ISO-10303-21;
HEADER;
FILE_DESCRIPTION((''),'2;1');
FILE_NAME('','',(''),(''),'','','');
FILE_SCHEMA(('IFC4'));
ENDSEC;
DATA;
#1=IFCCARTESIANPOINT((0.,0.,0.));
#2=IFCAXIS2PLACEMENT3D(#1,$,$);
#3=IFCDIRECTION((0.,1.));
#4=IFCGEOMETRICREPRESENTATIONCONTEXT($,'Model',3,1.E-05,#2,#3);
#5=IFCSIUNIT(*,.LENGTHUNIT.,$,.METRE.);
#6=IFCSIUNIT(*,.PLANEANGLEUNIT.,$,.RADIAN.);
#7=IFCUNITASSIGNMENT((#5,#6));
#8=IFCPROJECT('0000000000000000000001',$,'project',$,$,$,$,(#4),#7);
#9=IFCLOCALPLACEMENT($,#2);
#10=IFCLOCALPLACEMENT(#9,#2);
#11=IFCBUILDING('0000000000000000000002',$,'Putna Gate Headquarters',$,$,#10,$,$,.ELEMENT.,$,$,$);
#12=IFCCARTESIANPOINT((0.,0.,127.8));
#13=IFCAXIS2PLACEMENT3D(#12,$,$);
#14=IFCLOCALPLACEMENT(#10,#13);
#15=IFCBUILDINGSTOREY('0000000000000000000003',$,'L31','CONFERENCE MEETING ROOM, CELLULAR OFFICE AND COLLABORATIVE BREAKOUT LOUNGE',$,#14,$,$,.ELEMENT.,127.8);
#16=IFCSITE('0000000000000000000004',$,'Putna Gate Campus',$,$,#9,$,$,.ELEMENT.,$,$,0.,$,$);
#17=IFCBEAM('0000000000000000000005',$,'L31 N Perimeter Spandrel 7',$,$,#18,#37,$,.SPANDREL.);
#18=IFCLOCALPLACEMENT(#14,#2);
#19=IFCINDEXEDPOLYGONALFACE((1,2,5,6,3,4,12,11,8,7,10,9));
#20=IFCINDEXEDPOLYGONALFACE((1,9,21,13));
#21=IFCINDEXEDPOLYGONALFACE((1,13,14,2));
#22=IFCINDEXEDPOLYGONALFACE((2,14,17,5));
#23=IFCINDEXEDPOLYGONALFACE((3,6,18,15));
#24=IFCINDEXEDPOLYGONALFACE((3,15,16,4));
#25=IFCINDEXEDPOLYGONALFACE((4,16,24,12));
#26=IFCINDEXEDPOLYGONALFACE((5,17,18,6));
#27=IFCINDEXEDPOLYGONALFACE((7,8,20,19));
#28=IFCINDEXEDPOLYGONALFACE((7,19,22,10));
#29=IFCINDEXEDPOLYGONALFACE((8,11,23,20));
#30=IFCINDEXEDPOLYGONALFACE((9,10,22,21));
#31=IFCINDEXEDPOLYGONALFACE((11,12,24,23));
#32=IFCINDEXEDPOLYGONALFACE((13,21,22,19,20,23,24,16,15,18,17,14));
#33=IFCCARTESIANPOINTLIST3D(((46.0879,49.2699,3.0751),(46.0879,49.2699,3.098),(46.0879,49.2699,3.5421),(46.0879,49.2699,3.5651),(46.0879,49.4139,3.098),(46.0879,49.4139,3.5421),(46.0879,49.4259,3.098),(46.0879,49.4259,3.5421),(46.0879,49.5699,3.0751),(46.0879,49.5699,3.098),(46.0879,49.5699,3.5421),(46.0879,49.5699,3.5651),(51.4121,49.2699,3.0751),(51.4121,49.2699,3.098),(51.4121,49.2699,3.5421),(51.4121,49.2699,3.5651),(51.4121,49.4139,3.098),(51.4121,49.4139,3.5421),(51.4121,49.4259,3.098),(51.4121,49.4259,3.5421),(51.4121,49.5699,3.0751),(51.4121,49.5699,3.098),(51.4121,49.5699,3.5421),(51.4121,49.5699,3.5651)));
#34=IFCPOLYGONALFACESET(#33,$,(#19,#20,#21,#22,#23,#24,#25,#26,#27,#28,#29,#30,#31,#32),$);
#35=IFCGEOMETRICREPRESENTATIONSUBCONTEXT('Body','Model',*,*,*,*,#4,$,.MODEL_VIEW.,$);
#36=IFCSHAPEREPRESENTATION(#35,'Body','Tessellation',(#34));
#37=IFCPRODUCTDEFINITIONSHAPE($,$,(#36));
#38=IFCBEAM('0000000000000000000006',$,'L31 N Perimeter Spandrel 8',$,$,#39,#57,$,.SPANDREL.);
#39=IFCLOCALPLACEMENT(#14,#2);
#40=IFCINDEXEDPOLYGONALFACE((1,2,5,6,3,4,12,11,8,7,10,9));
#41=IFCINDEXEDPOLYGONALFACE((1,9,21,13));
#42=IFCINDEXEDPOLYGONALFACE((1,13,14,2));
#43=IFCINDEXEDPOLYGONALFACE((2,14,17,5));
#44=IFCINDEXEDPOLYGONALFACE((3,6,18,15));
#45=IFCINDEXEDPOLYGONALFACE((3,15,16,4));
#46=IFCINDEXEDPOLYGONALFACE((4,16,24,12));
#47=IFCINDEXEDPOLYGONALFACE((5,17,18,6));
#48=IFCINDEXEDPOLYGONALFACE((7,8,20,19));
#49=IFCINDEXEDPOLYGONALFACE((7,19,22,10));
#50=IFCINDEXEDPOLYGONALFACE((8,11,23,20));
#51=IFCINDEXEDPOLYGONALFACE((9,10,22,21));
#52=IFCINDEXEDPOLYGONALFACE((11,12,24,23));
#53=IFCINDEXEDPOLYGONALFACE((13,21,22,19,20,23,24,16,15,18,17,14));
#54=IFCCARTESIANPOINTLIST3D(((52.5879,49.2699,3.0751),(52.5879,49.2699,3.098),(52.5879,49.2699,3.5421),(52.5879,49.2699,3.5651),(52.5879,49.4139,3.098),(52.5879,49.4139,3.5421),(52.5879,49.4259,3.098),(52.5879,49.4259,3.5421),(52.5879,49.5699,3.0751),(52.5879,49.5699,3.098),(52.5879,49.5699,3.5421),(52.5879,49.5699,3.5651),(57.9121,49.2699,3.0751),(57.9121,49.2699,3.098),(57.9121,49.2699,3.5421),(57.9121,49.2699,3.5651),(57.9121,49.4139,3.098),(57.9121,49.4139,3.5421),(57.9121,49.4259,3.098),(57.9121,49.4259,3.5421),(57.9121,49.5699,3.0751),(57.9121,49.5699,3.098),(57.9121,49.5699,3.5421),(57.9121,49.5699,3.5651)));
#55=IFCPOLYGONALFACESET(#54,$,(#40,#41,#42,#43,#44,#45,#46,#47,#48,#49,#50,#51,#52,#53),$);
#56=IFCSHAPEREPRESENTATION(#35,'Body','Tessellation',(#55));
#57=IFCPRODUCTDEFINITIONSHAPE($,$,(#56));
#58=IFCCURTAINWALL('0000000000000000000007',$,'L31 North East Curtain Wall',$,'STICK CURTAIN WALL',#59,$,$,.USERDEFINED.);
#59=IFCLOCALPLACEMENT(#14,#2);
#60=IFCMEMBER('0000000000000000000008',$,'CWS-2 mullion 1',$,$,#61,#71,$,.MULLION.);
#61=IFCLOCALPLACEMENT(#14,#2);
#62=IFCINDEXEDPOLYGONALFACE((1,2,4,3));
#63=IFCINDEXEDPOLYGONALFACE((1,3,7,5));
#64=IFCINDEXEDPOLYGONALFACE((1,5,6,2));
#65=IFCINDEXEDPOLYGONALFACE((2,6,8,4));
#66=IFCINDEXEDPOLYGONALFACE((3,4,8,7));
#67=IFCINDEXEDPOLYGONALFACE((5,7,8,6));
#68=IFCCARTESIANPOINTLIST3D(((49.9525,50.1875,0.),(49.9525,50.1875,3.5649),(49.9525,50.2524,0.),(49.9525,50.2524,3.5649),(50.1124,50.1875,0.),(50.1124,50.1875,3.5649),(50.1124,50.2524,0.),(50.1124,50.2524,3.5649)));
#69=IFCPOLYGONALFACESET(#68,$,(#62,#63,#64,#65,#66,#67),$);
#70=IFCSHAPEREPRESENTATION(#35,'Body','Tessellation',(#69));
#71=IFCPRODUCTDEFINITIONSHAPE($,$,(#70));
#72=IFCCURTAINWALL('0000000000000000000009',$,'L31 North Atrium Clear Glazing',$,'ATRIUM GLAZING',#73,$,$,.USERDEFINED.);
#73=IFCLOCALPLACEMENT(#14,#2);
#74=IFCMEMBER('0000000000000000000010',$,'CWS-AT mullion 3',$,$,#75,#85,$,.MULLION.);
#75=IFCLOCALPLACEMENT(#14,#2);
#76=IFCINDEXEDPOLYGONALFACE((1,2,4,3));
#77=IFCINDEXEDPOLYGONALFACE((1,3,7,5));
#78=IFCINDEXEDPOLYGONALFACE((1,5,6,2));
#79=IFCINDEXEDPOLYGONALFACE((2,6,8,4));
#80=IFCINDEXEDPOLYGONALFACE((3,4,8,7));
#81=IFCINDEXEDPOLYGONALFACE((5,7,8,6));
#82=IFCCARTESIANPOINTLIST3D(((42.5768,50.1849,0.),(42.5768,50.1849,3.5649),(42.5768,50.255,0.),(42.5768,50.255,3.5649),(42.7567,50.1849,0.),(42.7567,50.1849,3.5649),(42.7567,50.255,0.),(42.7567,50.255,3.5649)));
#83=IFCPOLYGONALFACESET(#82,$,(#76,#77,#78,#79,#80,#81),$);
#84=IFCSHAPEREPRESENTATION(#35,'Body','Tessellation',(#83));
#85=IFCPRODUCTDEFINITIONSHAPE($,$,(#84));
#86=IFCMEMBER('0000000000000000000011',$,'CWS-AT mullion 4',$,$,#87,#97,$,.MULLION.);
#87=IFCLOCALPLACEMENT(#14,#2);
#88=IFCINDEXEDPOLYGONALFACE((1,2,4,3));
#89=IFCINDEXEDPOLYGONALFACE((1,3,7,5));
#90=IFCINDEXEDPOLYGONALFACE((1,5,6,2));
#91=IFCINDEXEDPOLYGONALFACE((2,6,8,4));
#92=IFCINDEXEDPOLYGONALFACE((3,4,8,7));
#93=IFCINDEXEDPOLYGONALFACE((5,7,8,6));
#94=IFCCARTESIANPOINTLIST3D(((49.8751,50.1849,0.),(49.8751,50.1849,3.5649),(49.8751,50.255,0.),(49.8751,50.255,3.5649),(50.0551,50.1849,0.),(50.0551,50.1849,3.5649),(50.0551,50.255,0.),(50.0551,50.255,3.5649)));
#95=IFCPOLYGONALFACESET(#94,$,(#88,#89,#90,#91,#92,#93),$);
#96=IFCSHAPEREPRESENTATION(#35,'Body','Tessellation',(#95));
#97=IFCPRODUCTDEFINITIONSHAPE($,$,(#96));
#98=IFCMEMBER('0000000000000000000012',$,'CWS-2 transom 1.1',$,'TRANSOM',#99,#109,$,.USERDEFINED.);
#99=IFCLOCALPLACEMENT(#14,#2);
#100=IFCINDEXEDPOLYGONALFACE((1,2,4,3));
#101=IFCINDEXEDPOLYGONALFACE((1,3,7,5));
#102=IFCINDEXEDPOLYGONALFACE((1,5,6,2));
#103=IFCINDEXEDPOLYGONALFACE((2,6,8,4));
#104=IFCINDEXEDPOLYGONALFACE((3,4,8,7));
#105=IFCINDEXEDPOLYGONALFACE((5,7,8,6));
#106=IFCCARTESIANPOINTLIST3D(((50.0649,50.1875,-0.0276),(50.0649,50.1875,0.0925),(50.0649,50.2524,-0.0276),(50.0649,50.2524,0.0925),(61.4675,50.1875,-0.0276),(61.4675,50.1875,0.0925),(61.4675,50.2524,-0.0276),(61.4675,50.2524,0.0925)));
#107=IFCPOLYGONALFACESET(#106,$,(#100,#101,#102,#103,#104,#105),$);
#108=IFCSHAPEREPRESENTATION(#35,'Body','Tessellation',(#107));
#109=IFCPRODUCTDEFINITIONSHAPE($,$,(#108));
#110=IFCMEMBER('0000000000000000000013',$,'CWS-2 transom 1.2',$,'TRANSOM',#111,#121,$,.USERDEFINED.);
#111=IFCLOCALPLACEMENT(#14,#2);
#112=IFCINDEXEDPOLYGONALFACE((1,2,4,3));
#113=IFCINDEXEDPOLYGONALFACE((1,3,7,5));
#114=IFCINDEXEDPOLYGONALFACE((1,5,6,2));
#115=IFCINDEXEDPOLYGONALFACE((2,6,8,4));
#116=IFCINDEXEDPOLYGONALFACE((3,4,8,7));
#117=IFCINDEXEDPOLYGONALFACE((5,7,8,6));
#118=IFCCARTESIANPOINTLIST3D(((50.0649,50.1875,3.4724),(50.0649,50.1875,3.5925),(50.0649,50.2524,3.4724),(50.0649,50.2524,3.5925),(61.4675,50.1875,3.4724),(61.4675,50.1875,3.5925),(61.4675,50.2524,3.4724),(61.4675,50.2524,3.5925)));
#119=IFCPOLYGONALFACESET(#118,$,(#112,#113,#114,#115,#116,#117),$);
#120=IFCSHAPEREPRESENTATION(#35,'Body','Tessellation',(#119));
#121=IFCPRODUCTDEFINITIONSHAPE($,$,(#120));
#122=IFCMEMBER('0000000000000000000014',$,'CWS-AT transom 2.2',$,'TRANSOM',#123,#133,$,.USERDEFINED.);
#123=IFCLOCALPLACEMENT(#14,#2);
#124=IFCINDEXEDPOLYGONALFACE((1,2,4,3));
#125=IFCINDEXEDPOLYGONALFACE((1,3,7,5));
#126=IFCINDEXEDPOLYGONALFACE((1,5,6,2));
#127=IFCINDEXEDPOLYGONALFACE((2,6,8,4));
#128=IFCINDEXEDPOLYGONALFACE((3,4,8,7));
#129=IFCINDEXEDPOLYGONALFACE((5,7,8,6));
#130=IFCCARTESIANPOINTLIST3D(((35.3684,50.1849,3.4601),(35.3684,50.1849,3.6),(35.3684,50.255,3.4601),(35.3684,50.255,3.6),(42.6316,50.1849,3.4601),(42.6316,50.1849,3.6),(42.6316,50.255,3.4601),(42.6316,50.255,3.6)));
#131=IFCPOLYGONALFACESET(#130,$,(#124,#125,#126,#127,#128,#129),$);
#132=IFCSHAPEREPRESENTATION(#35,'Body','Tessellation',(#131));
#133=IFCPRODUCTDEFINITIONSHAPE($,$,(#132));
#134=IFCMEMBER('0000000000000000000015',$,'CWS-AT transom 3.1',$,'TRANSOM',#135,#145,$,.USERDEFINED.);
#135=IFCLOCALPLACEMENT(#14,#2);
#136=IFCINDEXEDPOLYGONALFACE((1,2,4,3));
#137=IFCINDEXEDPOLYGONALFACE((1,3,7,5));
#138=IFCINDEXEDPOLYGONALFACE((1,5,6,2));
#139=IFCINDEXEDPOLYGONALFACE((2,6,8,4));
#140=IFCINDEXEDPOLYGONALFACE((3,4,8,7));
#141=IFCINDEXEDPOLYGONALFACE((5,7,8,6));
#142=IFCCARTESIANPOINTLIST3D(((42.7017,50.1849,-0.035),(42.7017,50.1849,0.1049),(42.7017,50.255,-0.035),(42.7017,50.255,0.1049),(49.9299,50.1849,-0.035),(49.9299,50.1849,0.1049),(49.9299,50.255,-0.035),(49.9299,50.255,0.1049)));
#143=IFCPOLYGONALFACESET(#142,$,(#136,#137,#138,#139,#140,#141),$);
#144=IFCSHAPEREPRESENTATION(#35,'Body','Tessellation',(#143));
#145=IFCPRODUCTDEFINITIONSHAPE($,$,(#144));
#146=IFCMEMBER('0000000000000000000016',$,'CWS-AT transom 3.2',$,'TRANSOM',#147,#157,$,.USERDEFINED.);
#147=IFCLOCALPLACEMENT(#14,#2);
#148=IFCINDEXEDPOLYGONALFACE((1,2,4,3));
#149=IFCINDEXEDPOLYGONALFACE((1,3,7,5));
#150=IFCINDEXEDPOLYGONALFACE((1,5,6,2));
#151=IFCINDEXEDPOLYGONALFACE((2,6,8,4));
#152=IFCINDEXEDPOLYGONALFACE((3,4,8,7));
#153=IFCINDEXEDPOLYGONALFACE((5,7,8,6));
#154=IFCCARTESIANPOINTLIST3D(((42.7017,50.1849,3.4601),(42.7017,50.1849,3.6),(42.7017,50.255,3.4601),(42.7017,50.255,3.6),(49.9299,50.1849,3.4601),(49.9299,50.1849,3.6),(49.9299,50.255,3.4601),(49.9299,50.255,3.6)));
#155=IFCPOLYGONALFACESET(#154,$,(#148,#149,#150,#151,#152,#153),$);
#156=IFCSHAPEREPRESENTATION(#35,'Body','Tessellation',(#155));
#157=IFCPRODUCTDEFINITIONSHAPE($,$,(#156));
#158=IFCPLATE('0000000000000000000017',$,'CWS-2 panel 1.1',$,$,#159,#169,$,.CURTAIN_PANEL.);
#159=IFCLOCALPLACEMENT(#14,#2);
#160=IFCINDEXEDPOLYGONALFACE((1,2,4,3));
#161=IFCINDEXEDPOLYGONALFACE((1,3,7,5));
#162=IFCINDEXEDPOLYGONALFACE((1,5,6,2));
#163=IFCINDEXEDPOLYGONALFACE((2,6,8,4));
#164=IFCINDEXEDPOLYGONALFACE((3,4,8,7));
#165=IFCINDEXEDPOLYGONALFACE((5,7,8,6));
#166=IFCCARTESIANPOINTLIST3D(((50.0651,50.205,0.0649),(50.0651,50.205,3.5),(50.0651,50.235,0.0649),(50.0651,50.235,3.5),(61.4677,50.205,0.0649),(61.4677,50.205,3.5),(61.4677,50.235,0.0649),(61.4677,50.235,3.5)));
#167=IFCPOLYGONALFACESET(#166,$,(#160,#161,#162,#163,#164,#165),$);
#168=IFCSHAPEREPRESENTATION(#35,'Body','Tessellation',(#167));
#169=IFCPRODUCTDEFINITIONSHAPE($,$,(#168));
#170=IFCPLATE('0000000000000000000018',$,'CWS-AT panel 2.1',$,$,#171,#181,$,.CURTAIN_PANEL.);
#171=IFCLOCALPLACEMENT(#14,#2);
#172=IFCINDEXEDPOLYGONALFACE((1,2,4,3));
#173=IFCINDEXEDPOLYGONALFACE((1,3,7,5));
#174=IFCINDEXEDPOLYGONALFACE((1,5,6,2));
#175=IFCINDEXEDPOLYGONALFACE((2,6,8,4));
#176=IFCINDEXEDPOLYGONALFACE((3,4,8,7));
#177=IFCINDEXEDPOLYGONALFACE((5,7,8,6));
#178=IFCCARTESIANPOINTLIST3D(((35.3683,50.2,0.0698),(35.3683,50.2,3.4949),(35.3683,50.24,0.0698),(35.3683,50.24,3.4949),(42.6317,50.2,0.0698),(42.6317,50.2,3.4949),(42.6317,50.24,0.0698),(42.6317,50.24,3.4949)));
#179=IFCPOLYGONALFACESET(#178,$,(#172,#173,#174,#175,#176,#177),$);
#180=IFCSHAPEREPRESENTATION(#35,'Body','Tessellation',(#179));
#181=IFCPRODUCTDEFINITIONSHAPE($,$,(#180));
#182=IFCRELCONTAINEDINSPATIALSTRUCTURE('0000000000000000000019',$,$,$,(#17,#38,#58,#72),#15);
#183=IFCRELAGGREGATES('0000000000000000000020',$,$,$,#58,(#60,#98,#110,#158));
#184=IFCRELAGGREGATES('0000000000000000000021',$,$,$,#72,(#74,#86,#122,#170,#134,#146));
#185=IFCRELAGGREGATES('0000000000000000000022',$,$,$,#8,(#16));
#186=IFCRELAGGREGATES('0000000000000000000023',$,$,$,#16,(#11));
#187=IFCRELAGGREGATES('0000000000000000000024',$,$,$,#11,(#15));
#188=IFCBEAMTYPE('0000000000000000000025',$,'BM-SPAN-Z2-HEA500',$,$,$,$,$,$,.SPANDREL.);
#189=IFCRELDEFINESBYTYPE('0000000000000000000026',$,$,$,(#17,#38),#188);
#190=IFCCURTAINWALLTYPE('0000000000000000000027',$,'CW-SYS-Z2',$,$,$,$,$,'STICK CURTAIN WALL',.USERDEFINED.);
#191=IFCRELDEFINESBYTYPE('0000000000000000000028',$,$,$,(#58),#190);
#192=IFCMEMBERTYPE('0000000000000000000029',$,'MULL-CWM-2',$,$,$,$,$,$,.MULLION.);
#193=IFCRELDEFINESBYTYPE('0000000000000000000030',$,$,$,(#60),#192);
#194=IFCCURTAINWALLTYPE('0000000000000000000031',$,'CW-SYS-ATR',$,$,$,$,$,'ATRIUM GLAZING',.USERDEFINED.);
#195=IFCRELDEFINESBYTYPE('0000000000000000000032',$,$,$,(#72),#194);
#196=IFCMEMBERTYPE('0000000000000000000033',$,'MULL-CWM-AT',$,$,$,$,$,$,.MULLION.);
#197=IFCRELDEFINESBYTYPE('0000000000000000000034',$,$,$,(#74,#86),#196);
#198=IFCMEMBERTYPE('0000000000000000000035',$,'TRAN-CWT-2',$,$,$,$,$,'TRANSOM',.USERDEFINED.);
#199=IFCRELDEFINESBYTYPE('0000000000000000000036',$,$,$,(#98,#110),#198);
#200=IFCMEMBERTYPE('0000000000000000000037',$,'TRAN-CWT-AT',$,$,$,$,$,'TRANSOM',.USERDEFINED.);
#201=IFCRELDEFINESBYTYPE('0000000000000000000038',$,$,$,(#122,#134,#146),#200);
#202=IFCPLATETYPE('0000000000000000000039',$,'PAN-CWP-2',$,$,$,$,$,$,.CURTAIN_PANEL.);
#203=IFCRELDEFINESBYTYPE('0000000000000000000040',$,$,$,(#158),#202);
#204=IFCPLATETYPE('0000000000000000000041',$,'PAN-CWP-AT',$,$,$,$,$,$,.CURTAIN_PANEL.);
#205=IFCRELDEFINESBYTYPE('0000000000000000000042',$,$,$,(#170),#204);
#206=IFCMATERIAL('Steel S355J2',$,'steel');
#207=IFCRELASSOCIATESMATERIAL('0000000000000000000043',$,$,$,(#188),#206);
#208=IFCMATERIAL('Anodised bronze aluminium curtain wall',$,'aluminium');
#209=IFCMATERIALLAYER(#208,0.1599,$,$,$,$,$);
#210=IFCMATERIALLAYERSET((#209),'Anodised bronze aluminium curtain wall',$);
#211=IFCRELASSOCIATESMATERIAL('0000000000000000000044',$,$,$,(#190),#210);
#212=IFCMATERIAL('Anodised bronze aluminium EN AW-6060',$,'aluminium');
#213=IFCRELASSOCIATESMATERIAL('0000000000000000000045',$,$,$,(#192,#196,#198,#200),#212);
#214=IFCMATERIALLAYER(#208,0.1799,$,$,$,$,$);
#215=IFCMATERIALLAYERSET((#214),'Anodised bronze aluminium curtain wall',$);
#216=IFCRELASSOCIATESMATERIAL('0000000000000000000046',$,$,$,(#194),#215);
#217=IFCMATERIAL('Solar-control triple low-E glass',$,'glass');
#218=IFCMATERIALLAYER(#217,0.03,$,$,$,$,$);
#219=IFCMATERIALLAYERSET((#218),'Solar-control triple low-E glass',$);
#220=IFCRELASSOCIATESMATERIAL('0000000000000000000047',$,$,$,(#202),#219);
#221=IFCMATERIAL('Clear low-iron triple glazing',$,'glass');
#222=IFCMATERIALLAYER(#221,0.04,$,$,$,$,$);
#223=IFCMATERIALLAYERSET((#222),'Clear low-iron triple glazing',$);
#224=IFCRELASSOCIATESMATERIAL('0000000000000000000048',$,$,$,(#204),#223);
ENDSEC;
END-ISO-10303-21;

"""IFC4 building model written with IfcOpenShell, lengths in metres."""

from ifc_helpers import new_model, si_unit, direction, frame, origin, origin_2d, place, context, subcontext, project, spatial, rectangle, i_section, extrude, material, layer, layer_set, material_profile, profile_set, type_object, element, aggregate, save


model = new_model("IFC4")

# Units and contexts
model_context = context("Model", 3, precision=1e-05, world=origin(), true_north=direction((0.0, 1.0)))
body_context = subcontext(model_context, "Body", "Model", "MODEL_VIEW")
ifc_project = project(units=[si_unit("LENGTHUNIT", "METRE"), si_unit("PLANEANGLEUNIT", "RADIAN")], contexts=[model_context])

# Site, building, storey
site_placement = place(None, origin())
site = spatial("IfcSite", under=ifc_project, at=site_placement, Name="Putna Gate Campus", CompositionType="ELEMENT", RefElevation=0.0)
building_placement = place(site_placement, origin())
building = spatial("IfcBuilding", under=site, at=building_placement, Name="Putna Gate Headquarters", CompositionType="ELEMENT")
storey_placement = place(building_placement, frame((0.0, 0.0, 127.8)))
storey = spatial("IfcBuildingStorey", under=building, at=storey_placement, Name="L31", Description="CONFERENCE MEETING ROOM, CELLULAR OFFICE AND COLLABORATIVE BREAKOUT LOUNGE", CompositionType="ELEMENT", Elevation=127.8)

# Beams
ifc_material_1 = material(Name="Steel S355J2", Category="steel")
ifc_material_profile_1 = material_profile(ifc_material_1, i_section(OverallWidth=0.3, OverallDepth=0.49, WebThickness=0.012, FlangeThickness=0.0229, at=origin_2d()), Name="Steel S355J2")
ifc_profile_set_1 = profile_set([ifc_material_profile_1], Name="Steel S355J2")
beam_type_1 = type_object("IfcBeamType", Name="BM-SPAN-Z2-HEA500", PredefinedType="SPANDREL", material=ifc_profile_set_1)
for number, where, z_axis, x_axis, name in (
    (1, (46.0879, 49.4199, 3.3201), (1.0, 0.0, 0.0), (0.0, 1.0, 0.0), "L31 N Perimeter Spandrel 7"),
    (2, (52.5879, 49.4199, 3.3201), (1.0, 0.0, 0.0), (0.0, 1.0, 0.0), "L31 N Perimeter Spandrel 8"),
):
    element("IfcBeam", number, at=place(storey_placement, frame(where, z_axis=z_axis, x_axis=x_axis)), inside=storey, type_object=beam_type_1, Name=name, PredefinedType="SPANDREL", context=body_context, shape_type="SweptSolid", body=[
        extrude(i_section(OverallWidth=0.3, OverallDepth=0.49, WebThickness=0.012, FlangeThickness=0.0229, at=origin_2d()), origin(), (0.0, 0.0, 1.0), 5.3242),
    ])

# Curtain wall, member
ifc_material_2 = material(Name="Anodised bronze aluminium curtain wall", Category="aluminium")
ifc_layer_1 = layer(ifc_material_2, 0.1599)
ifc_layer_set_1 = layer_set([ifc_layer_1], Name="Anodised bronze aluminium curtain wall")
curtain_wall_type_1 = type_object("IfcCurtainWallType", Name="CW-SYS-Z2", ElementType="STICK CURTAIN WALL", PredefinedType="USERDEFINED", material=ifc_layer_set_1)
curtain_wall_1_placement = place(storey_placement, origin())
curtain_wall_1 = element("IfcCurtainWall", 3, at=curtain_wall_1_placement, inside=storey, type_object=curtain_wall_type_1, Name="L31 North East Curtain Wall", ObjectType="STICK CURTAIN WALL", PredefinedType="USERDEFINED")
ifc_material_3 = material(Name="Anodised bronze aluminium EN AW-6060", Category="aluminium")
ifc_material_profile_2 = material_profile(ifc_material_3, rectangle(XDim=0.0649, YDim=0.1599, at=origin_2d()), Name="Anodised bronze aluminium EN AW-6060")
ifc_profile_set_2 = profile_set([ifc_material_profile_2], Name="Anodised bronze aluminium EN AW-6060")
member_type_1 = type_object("IfcMemberType", Name="MULL-CWM-2", PredefinedType="MULLION", material=ifc_profile_set_2)
member_1_placement = place(storey_placement, frame((50.0325, 50.22, 0.0), z_axis=(0.0, 0.0, 1.0), x_axis=(0.0, 1.0, 0.0)))
member_1 = element("IfcMember", 4, at=member_1_placement, type_object=member_type_1, Name="CWS-2 mullion 1", PredefinedType="MULLION", context=body_context, shape_type="SweptSolid", body=[
    extrude(rectangle(XDim=0.0649, YDim=0.1599, at=origin_2d()), origin(), (0.0, 0.0, 1.0), 3.5649),
])

# Curtain wall, members
ifc_layer_2 = layer(ifc_material_2, 0.1799)
ifc_layer_set_2 = layer_set([ifc_layer_2], Name="Anodised bronze aluminium curtain wall")
curtain_wall_type_2 = type_object("IfcCurtainWallType", Name="CW-SYS-ATR", ElementType="ATRIUM GLAZING", PredefinedType="USERDEFINED", material=ifc_layer_set_2)
curtain_wall_2_placement = place(storey_placement, origin())
curtain_wall_2 = element("IfcCurtainWall", 5, at=curtain_wall_2_placement, inside=storey, type_object=curtain_wall_type_2, Name="L31 North Atrium Clear Glazing", ObjectType="ATRIUM GLAZING", PredefinedType="USERDEFINED")
ifc_material_profile_3 = material_profile(ifc_material_3, rectangle(XDim=0.0701, YDim=0.1799, at=origin_2d()), Name="Anodised bronze aluminium EN AW-6060")
ifc_profile_set_3 = profile_set([ifc_material_profile_3], Name="Anodised bronze aluminium EN AW-6060")
member_type_2 = type_object("IfcMemberType", Name="MULL-CWM-AT", PredefinedType="MULLION", material=ifc_profile_set_3)
member_2_placement = place(storey_placement, frame((42.6667, 50.22, 0.0), z_axis=(0.0, 0.0, 1.0), x_axis=(0.0, 1.0, 0.0)))
member_2 = element("IfcMember", 6, at=member_2_placement, type_object=member_type_2, Name="CWS-AT mullion 3", PredefinedType="MULLION", context=body_context, shape_type="SweptSolid", body=[
    extrude(rectangle(XDim=0.0701, YDim=0.1799, at=origin_2d()), origin(), (0.0, 0.0, 1.0), 3.5649),
])
member_3_placement = place(storey_placement, frame((49.9651, 50.22, 0.0), z_axis=(0.0, 0.0, 1.0), x_axis=(0.0, 1.0, 0.0)))
member_3 = element("IfcMember", 7, at=member_3_placement, type_object=member_type_2, Name="CWS-AT mullion 4", PredefinedType="MULLION", context=body_context, shape_type="SweptSolid", body=[
    extrude(rectangle(XDim=0.0701, YDim=0.1799, at=origin_2d()), origin(), (0.0, 0.0, 1.0), 3.5649),
])

# Members
ifc_material_profile_4 = material_profile(ifc_material_3, rectangle(XDim=0.0649, YDim=0.1201, at=origin_2d()), Name="Anodised bronze aluminium EN AW-6060")
ifc_profile_set_4 = profile_set([ifc_material_profile_4], Name="Anodised bronze aluminium EN AW-6060")
member_type_3 = type_object("IfcMemberType", Name="TRAN-CWT-2", ElementType="TRANSOM", PredefinedType="USERDEFINED", material=ifc_profile_set_4)
member_4_placement = place(storey_placement, frame((50.0649, 50.22, 0.0325), z_axis=(1.0, 0.0, 0.0), x_axis=(0.0, 1.0, 0.0)))
member_4 = element("IfcMember", 8, at=member_4_placement, type_object=member_type_3, Name="CWS-2 transom 1.1", ObjectType="TRANSOM", PredefinedType="USERDEFINED", context=body_context, shape_type="SweptSolid", body=[
    extrude(rectangle(XDim=0.0649, YDim=0.1201, at=origin_2d()), origin(), (0.0, 0.0, 1.0), 11.4026),
])
member_5_placement = place(storey_placement, frame((50.0649, 50.22, 3.5325), z_axis=(1.0, 0.0, 0.0), x_axis=(0.0, 1.0, 0.0)))
member_5 = element("IfcMember", 9, at=member_5_placement, type_object=member_type_3, Name="CWS-2 transom 1.2", ObjectType="TRANSOM", PredefinedType="USERDEFINED", context=body_context, shape_type="SweptSolid", body=[
    extrude(rectangle(XDim=0.0649, YDim=0.1201, at=origin_2d()), origin(), (0.0, 0.0, 1.0), 11.4026),
])
ifc_material_profile_5 = material_profile(ifc_material_3, rectangle(XDim=0.0701, YDim=0.1399, at=origin_2d()), Name="Anodised bronze aluminium EN AW-6060")
ifc_profile_set_5 = profile_set([ifc_material_profile_5], Name="Anodised bronze aluminium EN AW-6060")
member_type_4 = type_object("IfcMemberType", Name="TRAN-CWT-AT", ElementType="TRANSOM", PredefinedType="USERDEFINED", material=ifc_profile_set_5)
member_6_placement = place(storey_placement, frame((35.3684, 50.22, 3.53), z_axis=(1.0, 0.0, 0.0), x_axis=(0.0, 1.0, 0.0)))
member_6 = element("IfcMember", 10, at=member_6_placement, type_object=member_type_4, Name="CWS-AT transom 2.2", ObjectType="TRANSOM", PredefinedType="USERDEFINED", context=body_context, shape_type="SweptSolid", body=[
    extrude(rectangle(XDim=0.0701, YDim=0.1399, at=origin_2d()), origin(), (0.0, 0.0, 1.0), 7.2632),
])
member_7_placement = place(storey_placement, frame((42.7017, 50.22, 0.0349), z_axis=(1.0, 0.0, 0.0), x_axis=(0.0, 1.0, 0.0)))
member_7 = element("IfcMember", 11, at=member_7_placement, type_object=member_type_4, Name="CWS-AT transom 3.1", ObjectType="TRANSOM", PredefinedType="USERDEFINED", context=body_context, shape_type="SweptSolid", body=[
    extrude(rectangle(XDim=0.0701, YDim=0.1399, at=origin_2d()), origin(), (0.0, 0.0, 1.0), 7.2283),
])
member_8_placement = place(storey_placement, frame((42.7017, 50.22, 3.53), z_axis=(1.0, 0.0, 0.0), x_axis=(0.0, 1.0, 0.0)))
member_8 = element("IfcMember", 12, at=member_8_placement, type_object=member_type_4, Name="CWS-AT transom 3.2", ObjectType="TRANSOM", PredefinedType="USERDEFINED", context=body_context, shape_type="SweptSolid", body=[
    extrude(rectangle(XDim=0.0701, YDim=0.1399, at=origin_2d()), origin(), (0.0, 0.0, 1.0), 7.2283),
])

# Plates
ifc_material_4 = material(Name="Solar-control triple low-E glass", Category="glass")
ifc_layer_3 = layer(ifc_material_4, 0.03)
ifc_layer_set_3 = layer_set([ifc_layer_3], Name="Solar-control triple low-E glass")
plate_type_1 = type_object("IfcPlateType", Name="PAN-CWP-2", PredefinedType="CURTAIN_PANEL", material=ifc_layer_set_3)
plate_1_placement = place(storey_placement, frame((55.7664, 50.22, 0.0649), z_axis=(0.0, 0.0, 1.0), x_axis=(1.0, 0.0, 0.0)))
plate_1 = element("IfcPlate", 13, at=plate_1_placement, type_object=plate_type_1, Name="CWS-2 panel 1.1", PredefinedType="CURTAIN_PANEL", context=body_context, shape_type="SweptSolid", body=[
    extrude(rectangle(XDim=11.4026, YDim=0.03, at=origin_2d()), origin(), (0.0, 0.0, 1.0), 3.4351),
])
aggregate(curtain_wall_1, [member_1, member_4, member_5, plate_1])
ifc_material_5 = material(Name="Clear low-iron triple glazing", Category="glass")
ifc_layer_4 = layer(ifc_material_5, 0.04)
ifc_layer_set_4 = layer_set([ifc_layer_4], Name="Clear low-iron triple glazing")
plate_type_2 = type_object("IfcPlateType", Name="PAN-CWP-AT", PredefinedType="CURTAIN_PANEL", material=ifc_layer_set_4)
plate_2_placement = place(storey_placement, frame((39.0, 50.22, 0.0698), z_axis=(0.0, 0.0, 1.0), x_axis=(1.0, 0.0, 0.0)))
plate_2 = element("IfcPlate", 14, at=plate_2_placement, type_object=plate_type_2, Name="CWS-AT panel 2.1", PredefinedType="CURTAIN_PANEL", context=body_context, shape_type="SweptSolid", body=[
    extrude(rectangle(XDim=7.2634, YDim=0.04, at=origin_2d()), origin(), (0.0, 0.0, 1.0), 3.425),
])
aggregate(curtain_wall_2, [member_2, member_3, member_6, plate_2, member_7, member_8])

save(model, "model.ifc")
